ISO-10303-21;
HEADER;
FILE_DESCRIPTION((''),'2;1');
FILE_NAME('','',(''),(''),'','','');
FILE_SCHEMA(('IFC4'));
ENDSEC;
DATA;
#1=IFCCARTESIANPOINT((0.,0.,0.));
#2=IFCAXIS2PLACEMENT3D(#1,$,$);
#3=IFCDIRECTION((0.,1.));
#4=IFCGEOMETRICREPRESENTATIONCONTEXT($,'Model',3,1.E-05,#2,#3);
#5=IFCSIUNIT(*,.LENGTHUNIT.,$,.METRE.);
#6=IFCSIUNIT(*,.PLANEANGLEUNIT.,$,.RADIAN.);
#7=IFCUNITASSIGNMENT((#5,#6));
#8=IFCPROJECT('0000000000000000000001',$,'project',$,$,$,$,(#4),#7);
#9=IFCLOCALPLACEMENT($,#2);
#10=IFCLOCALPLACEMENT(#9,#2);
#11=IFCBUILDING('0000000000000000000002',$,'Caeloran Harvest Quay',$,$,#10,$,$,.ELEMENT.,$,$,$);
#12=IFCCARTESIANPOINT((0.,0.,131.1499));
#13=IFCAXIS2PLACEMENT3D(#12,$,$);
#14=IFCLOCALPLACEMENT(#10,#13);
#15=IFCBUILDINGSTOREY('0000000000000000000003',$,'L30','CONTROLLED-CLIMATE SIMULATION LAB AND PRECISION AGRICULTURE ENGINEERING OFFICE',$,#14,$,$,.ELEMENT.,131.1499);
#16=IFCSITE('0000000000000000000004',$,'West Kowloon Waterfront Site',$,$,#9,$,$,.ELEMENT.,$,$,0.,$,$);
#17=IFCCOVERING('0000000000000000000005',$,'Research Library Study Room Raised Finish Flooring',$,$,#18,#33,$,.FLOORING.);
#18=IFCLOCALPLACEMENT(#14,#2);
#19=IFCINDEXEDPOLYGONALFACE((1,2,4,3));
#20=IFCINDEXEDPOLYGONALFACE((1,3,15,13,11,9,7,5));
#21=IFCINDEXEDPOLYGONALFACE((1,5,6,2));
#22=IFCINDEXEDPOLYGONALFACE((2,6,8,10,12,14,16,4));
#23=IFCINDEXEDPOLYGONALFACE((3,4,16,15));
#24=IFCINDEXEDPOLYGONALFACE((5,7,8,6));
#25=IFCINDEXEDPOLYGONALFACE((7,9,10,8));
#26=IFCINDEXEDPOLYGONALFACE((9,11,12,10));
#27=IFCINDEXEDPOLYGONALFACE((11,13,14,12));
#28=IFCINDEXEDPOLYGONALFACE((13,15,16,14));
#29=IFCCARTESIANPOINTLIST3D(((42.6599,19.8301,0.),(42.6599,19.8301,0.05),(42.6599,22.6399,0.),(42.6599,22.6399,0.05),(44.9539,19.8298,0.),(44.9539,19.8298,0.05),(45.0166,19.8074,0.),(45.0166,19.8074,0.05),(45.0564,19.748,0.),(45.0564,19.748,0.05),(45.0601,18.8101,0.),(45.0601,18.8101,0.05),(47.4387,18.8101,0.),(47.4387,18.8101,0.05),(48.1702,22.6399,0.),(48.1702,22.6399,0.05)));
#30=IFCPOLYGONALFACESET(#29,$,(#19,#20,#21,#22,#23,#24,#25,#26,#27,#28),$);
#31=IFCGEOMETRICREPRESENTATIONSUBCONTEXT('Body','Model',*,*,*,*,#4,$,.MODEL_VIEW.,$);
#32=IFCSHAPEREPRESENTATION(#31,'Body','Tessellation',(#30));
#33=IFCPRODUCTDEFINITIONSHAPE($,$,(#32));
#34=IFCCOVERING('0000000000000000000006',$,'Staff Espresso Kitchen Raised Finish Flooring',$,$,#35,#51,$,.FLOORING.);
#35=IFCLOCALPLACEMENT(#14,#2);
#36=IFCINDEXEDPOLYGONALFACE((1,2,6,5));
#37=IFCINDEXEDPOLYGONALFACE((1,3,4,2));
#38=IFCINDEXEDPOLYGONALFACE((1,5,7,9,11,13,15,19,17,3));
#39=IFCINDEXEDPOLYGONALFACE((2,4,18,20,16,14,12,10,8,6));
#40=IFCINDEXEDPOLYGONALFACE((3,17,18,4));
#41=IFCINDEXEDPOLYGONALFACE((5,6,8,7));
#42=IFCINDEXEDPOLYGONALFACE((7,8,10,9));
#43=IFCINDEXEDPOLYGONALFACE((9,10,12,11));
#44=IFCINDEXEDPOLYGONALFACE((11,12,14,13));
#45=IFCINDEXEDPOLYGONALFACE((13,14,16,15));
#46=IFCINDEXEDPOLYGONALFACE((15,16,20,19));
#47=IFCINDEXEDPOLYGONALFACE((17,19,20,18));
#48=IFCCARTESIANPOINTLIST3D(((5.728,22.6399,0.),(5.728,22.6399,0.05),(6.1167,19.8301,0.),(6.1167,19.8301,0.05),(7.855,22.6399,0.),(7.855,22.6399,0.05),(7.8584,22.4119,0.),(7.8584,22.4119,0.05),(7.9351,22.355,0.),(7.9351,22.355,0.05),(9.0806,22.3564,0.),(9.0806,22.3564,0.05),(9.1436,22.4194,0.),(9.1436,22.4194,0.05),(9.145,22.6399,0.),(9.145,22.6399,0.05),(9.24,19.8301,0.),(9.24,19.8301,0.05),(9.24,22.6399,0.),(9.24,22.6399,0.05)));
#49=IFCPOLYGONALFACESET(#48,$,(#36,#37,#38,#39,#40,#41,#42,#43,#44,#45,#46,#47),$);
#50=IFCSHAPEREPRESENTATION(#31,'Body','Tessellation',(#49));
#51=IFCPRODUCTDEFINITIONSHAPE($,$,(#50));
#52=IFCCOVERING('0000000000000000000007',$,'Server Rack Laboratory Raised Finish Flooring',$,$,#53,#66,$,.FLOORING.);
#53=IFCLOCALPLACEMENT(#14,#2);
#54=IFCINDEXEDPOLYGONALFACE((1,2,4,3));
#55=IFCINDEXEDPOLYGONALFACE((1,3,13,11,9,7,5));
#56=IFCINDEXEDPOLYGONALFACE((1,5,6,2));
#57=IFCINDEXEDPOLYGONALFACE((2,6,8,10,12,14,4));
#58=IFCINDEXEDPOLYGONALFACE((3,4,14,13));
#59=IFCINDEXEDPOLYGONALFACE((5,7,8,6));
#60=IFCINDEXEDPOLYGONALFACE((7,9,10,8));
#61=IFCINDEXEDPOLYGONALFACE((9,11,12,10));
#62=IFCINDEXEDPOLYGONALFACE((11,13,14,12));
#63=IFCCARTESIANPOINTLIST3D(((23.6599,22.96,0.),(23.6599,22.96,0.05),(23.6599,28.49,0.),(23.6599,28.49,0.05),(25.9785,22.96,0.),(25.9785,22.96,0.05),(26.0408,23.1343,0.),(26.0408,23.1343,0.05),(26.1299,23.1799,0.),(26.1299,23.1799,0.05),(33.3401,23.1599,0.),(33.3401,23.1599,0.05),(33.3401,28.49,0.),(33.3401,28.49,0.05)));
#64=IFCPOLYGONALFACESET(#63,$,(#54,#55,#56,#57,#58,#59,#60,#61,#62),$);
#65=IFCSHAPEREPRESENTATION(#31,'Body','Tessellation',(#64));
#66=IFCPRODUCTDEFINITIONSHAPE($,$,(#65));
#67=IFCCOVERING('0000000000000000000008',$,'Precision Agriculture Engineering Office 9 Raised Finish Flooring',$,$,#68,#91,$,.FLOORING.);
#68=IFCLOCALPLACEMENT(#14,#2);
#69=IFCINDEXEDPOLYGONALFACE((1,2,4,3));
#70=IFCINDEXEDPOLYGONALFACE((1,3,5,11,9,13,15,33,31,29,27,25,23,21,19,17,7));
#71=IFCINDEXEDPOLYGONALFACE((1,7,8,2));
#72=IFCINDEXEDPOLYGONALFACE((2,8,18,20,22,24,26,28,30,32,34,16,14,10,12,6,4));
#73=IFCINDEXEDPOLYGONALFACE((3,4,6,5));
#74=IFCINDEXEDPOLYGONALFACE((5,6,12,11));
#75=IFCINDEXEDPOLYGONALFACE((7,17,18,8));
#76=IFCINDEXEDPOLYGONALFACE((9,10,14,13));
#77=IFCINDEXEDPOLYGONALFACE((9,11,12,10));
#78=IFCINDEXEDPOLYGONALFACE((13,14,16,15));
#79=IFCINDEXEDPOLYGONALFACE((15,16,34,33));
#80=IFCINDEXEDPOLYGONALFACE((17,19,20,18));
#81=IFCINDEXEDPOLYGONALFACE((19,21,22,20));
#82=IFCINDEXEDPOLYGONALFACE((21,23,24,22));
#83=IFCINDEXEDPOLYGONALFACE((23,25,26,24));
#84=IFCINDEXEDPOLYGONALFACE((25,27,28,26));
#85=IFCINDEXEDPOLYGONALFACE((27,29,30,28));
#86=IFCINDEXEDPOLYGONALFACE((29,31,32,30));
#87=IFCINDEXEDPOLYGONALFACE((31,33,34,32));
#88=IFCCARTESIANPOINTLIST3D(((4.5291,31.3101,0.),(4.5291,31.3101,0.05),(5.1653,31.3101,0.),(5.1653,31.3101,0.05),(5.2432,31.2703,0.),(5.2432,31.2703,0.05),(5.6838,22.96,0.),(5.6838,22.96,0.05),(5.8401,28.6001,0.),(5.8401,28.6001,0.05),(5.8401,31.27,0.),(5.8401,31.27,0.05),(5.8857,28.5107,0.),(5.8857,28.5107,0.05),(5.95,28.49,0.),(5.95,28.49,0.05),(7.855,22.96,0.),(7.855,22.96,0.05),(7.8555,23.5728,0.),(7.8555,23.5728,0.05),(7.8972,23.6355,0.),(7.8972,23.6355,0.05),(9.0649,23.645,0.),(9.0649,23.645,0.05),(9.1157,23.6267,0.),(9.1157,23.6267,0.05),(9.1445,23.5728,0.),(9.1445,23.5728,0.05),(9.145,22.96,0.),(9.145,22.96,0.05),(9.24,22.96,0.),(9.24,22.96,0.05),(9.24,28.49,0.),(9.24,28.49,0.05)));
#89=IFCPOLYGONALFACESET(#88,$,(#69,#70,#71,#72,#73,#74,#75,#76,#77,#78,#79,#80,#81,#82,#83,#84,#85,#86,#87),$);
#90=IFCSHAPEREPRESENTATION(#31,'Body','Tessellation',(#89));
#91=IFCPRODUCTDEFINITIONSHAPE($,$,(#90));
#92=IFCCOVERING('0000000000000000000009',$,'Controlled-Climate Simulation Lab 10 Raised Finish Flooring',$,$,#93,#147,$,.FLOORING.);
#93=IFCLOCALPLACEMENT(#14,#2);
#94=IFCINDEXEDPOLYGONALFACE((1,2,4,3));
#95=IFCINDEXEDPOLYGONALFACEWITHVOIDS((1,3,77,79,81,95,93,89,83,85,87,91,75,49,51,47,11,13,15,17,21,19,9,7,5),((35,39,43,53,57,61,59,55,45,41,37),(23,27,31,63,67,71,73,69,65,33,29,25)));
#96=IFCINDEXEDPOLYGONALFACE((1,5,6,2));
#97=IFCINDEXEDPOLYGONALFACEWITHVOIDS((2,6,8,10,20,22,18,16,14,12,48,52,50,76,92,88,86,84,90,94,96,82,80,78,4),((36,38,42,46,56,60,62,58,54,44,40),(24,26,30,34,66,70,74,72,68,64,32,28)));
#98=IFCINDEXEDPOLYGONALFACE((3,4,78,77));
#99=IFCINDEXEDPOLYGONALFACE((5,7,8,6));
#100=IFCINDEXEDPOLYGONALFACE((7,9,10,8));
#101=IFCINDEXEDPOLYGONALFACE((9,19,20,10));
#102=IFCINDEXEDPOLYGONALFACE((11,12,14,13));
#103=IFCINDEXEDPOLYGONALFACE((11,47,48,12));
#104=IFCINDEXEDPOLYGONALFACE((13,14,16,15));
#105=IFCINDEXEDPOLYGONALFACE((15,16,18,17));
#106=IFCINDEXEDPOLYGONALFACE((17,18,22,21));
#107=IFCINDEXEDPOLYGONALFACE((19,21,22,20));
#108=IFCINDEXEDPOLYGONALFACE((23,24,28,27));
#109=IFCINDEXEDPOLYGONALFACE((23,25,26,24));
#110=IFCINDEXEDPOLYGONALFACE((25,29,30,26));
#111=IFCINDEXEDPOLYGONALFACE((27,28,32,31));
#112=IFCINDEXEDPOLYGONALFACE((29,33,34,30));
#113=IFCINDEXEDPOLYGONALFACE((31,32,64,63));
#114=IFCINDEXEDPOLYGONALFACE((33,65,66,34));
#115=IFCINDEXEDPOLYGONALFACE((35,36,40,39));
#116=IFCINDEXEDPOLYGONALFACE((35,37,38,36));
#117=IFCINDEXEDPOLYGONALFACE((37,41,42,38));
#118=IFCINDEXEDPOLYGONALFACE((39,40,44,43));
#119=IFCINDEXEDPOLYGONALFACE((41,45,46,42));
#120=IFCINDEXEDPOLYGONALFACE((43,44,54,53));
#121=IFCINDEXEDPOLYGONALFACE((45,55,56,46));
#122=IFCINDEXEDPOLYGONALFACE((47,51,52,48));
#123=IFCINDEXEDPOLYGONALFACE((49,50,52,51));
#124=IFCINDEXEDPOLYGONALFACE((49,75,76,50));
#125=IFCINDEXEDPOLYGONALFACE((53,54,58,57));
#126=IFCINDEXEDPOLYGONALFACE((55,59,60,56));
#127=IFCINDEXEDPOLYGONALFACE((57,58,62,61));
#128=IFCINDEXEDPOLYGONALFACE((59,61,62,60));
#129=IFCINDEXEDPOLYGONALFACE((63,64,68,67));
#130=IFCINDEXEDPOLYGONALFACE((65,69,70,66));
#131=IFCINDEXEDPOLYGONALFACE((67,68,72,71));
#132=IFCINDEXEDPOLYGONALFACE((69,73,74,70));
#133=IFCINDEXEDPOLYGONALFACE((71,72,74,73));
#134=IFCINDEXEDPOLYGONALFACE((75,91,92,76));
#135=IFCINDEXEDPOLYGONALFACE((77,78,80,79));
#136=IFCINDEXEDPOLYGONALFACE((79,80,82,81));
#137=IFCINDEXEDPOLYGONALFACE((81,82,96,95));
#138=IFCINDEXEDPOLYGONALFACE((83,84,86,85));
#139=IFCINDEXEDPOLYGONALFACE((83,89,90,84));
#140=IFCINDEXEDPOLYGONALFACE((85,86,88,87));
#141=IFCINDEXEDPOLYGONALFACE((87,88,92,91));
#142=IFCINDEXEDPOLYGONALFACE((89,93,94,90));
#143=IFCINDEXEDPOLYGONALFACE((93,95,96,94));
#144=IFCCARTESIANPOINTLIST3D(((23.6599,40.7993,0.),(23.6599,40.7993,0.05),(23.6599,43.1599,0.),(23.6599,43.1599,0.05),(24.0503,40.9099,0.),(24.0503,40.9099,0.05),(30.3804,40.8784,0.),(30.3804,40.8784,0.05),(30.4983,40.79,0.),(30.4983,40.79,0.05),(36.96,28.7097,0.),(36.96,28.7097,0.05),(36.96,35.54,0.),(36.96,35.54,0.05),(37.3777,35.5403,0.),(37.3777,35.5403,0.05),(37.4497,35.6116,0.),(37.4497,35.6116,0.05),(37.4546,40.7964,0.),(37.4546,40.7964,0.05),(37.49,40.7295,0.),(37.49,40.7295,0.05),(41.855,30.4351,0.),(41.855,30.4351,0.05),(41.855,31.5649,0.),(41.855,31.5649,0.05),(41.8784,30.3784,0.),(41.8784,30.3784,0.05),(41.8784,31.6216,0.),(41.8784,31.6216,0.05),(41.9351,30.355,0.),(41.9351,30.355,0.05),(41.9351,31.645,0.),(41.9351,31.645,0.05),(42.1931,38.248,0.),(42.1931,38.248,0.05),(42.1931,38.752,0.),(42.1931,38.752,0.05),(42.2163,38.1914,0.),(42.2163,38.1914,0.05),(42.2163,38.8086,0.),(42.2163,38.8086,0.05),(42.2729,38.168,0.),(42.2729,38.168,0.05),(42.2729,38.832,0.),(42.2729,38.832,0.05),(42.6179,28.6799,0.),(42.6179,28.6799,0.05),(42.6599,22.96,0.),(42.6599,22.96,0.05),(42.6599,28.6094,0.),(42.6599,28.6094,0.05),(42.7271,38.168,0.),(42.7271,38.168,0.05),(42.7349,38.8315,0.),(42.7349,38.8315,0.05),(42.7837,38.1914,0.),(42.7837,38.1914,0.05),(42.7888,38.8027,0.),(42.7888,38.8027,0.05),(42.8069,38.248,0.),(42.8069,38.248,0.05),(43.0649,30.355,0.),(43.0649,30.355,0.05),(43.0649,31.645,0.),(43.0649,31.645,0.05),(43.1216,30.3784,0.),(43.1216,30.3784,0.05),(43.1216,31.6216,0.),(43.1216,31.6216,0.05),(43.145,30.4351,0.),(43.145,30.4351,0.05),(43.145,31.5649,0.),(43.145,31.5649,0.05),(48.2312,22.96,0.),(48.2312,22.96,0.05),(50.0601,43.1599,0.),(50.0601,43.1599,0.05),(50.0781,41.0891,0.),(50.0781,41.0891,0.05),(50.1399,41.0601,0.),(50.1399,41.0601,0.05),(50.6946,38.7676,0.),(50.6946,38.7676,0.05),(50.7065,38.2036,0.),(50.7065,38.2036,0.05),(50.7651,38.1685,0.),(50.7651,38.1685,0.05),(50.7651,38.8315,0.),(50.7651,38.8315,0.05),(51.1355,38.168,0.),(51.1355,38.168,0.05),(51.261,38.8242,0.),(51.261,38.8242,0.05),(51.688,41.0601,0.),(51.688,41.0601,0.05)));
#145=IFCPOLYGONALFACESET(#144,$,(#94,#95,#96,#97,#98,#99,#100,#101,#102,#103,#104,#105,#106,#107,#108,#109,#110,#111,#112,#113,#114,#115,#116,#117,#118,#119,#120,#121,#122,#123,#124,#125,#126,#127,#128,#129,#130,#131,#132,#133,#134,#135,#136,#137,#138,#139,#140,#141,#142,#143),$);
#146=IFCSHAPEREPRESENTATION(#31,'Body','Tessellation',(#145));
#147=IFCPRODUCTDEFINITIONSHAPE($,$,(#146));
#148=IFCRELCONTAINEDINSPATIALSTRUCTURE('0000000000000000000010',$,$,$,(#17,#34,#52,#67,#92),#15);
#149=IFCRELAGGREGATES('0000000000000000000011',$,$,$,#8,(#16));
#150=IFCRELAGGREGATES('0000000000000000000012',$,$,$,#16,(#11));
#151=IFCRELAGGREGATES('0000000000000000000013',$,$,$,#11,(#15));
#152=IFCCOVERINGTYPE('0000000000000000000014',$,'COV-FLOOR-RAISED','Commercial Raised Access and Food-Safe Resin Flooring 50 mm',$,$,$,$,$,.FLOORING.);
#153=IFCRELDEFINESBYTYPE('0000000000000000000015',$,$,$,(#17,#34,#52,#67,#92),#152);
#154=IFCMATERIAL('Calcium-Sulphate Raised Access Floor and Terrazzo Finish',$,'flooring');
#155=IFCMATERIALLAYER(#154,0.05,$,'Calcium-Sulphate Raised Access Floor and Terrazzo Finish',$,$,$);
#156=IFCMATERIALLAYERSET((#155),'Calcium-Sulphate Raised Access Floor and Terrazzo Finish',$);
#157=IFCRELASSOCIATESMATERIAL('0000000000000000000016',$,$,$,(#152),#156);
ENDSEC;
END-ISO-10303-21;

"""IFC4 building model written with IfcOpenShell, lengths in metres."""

from ifc_helpers import new_model, si_unit, direction, frame, origin, place, context, subcontext, project, spatial, polyline, outline, extrude, material, layer, layer_set, type_object, element, save


model = new_model("IFC4")

# Units and contexts
model_context = context("Model", 3, precision=1e-05, world=origin(), true_north=direction((0.0, 1.0)))
body_context = subcontext(model_context, "Body", "Model", "MODEL_VIEW")
ifc_project = project(units=[si_unit("LENGTHUNIT", "METRE"), si_unit("PLANEANGLEUNIT", "RADIAN")], contexts=[model_context])

# Site, building, storey
site_placement = place(None, origin())
site = spatial("IfcSite", under=ifc_project, at=site_placement, Name="West Kowloon Waterfront Site", CompositionType="ELEMENT", RefElevation=0.0)
building_placement = place(site_placement, origin())
building = spatial("IfcBuilding", under=site, at=building_placement, Name="Caeloran Harvest Quay", CompositionType="ELEMENT")
storey_placement = place(building_placement, frame((0.0, 0.0, 131.1499)))
storey = spatial("IfcBuildingStorey", under=building, at=storey_placement, Name="L30", Description="CONTROLLED-CLIMATE SIMULATION LAB AND PRECISION AGRICULTURE ENGINEERING OFFICE", CompositionType="ELEMENT", Elevation=131.1499)

# Coverings
ifc_material_1 = material(Name="Calcium-Sulphate Raised Access Floor and Terrazzo Finish", Category="flooring")
ifc_layer_1 = layer(ifc_material_1, 0.05, Name="Calcium-Sulphate Raised Access Floor and Terrazzo Finish")
ifc_layer_set_1 = layer_set([ifc_layer_1], Name="Calcium-Sulphate Raised Access Floor and Terrazzo Finish")
covering_type_1 = type_object("IfcCoveringType", Name="COV-FLOOR-RAISED", Description="Commercial Raised Access and Food-Safe Resin Flooring 50 mm", PredefinedType="FLOORING", material=ifc_layer_set_1)
covering_1_placement = place(storey_placement, origin())
element("IfcCovering", 1, at=covering_1_placement, inside=storey, type_object=covering_type_1, Name="Research Library Study Room Raised Finish Flooring", PredefinedType="FLOORING", context=body_context, shape_type="SweptSolid", body=[
    extrude(outline(polyline([(45.0564, 19.748), (45.0166, 19.8074), (44.9539, 19.8298), (42.6599, 19.8301), (42.6599, 22.6399), (48.1702, 22.6399), (47.4387, 18.8101), (45.0601, 18.8101), (45.0564, 19.748)])), origin(), (0.0, 0.0, 1.0), 0.05),
])
covering_2_placement = place(storey_placement, origin())
element("IfcCovering", 2, at=covering_2_placement, inside=storey, type_object=covering_type_1, Name="Staff Espresso Kitchen Raised Finish Flooring", PredefinedType="FLOORING", context=body_context, shape_type="SweptSolid", body=[
    extrude(outline(polyline([(7.855, 22.6399), (7.8584, 22.4119), (7.9351, 22.355), (9.0806, 22.3564), (9.1436, 22.4194), (9.145, 22.6399), (9.24, 22.6399), (9.24, 19.8301), (6.1167, 19.8301), (5.728, 22.6399), (7.855, 22.6399)])), origin(), (0.0, 0.0, 1.0), 0.05),
])
covering_3_placement = place(storey_placement, origin())
element("IfcCovering", 3, at=covering_3_placement, inside=storey, type_object=covering_type_1, Name="Server Rack Laboratory Raised Finish Flooring", PredefinedType="FLOORING", context=body_context, shape_type="SweptSolid", body=[
    extrude(outline(polyline([(33.3401, 23.1599), (26.1299, 23.1799), (26.0408, 23.1343), (25.9785, 22.96), (23.6599, 22.96), (23.6599, 28.49), (33.3401, 28.49), (33.3401, 23.1599)])), origin(), (0.0, 0.0, 1.0), 0.05),
])
covering_4_placement = place(storey_placement, origin())
element("IfcCovering", 4, at=covering_4_placement, inside=storey, type_object=covering_type_1, Name="Precision Agriculture Engineering Office 9 Raised Finish Flooring", PredefinedType="FLOORING", context=body_context, shape_type="SweptSolid", body=[
    extrude(outline(polyline([(5.1653, 31.3101), (5.2432, 31.2703), (5.8401, 31.27), (5.8401, 28.6001), (5.8857, 28.5107), (5.95, 28.49), (9.24, 28.49), (9.24, 22.96), (9.145, 22.96), (9.1445, 23.5728), (9.1157, 23.6267), (9.0649, 23.645), (7.8972, 23.6355), (7.8555, 23.5728), (7.855, 22.96), (5.6838, 22.96), (4.5291, 31.3101), (5.1653, 31.3101)])), origin(), (0.0, 0.0, 1.0), 0.05),
])
covering_5_placement = place(storey_placement, origin())
element("IfcCovering", 5, at=covering_5_placement, inside=storey, type_object=covering_type_1, Name="Controlled-Climate Simulation Lab 10 Raised Finish Flooring", PredefinedType="FLOORING", context=body_context, shape_type="SweptSolid", body=[
    extrude(outline(polyline([(23.6599, 40.7993), (23.6599, 43.1599), (50.0601, 43.1599), (50.0781, 41.0891), (50.1399, 41.0601), (51.688, 41.0601), (51.261, 38.8242), (50.7651, 38.8315), (50.6946, 38.7676), (50.7065, 38.2036), (50.7651, 38.1685), (51.1355, 38.168), (48.2312, 22.96), (42.6599, 22.96), (42.6599, 28.6094), (42.6179, 28.6799), (36.96, 28.7097), (36.96, 35.54), (37.3777, 35.5403), (37.4497, 35.6116), (37.49, 40.7295), (37.4546, 40.7964), (30.4983, 40.79), (30.3804, 40.8784), (24.0503, 40.9099), (23.6599, 40.7993)]), holes=[polyline([(41.9351, 31.645), (41.8784, 31.6216), (41.855, 31.5649), (41.855, 30.4351), (41.8784, 30.3784), (41.9351, 30.355), (43.0649, 30.355), (43.1216, 30.3784), (43.145, 30.4351), (43.145, 31.5649), (43.1216, 31.6216), (43.0649, 31.645), (41.9351, 31.645)]), polyline([(42.8069, 38.248), (42.7888, 38.8027), (42.7349, 38.8315), (42.2729, 38.832), (42.2163, 38.8086), (42.1931, 38.752), (42.1931, 38.248), (42.2163, 38.1914), (42.2729, 38.168), (42.7271, 38.168), (42.7837, 38.1914), (42.8069, 38.248)])]), origin(), (0.0, 0.0, 1.0), 0.05),
])

save(model, "model.ifc")
